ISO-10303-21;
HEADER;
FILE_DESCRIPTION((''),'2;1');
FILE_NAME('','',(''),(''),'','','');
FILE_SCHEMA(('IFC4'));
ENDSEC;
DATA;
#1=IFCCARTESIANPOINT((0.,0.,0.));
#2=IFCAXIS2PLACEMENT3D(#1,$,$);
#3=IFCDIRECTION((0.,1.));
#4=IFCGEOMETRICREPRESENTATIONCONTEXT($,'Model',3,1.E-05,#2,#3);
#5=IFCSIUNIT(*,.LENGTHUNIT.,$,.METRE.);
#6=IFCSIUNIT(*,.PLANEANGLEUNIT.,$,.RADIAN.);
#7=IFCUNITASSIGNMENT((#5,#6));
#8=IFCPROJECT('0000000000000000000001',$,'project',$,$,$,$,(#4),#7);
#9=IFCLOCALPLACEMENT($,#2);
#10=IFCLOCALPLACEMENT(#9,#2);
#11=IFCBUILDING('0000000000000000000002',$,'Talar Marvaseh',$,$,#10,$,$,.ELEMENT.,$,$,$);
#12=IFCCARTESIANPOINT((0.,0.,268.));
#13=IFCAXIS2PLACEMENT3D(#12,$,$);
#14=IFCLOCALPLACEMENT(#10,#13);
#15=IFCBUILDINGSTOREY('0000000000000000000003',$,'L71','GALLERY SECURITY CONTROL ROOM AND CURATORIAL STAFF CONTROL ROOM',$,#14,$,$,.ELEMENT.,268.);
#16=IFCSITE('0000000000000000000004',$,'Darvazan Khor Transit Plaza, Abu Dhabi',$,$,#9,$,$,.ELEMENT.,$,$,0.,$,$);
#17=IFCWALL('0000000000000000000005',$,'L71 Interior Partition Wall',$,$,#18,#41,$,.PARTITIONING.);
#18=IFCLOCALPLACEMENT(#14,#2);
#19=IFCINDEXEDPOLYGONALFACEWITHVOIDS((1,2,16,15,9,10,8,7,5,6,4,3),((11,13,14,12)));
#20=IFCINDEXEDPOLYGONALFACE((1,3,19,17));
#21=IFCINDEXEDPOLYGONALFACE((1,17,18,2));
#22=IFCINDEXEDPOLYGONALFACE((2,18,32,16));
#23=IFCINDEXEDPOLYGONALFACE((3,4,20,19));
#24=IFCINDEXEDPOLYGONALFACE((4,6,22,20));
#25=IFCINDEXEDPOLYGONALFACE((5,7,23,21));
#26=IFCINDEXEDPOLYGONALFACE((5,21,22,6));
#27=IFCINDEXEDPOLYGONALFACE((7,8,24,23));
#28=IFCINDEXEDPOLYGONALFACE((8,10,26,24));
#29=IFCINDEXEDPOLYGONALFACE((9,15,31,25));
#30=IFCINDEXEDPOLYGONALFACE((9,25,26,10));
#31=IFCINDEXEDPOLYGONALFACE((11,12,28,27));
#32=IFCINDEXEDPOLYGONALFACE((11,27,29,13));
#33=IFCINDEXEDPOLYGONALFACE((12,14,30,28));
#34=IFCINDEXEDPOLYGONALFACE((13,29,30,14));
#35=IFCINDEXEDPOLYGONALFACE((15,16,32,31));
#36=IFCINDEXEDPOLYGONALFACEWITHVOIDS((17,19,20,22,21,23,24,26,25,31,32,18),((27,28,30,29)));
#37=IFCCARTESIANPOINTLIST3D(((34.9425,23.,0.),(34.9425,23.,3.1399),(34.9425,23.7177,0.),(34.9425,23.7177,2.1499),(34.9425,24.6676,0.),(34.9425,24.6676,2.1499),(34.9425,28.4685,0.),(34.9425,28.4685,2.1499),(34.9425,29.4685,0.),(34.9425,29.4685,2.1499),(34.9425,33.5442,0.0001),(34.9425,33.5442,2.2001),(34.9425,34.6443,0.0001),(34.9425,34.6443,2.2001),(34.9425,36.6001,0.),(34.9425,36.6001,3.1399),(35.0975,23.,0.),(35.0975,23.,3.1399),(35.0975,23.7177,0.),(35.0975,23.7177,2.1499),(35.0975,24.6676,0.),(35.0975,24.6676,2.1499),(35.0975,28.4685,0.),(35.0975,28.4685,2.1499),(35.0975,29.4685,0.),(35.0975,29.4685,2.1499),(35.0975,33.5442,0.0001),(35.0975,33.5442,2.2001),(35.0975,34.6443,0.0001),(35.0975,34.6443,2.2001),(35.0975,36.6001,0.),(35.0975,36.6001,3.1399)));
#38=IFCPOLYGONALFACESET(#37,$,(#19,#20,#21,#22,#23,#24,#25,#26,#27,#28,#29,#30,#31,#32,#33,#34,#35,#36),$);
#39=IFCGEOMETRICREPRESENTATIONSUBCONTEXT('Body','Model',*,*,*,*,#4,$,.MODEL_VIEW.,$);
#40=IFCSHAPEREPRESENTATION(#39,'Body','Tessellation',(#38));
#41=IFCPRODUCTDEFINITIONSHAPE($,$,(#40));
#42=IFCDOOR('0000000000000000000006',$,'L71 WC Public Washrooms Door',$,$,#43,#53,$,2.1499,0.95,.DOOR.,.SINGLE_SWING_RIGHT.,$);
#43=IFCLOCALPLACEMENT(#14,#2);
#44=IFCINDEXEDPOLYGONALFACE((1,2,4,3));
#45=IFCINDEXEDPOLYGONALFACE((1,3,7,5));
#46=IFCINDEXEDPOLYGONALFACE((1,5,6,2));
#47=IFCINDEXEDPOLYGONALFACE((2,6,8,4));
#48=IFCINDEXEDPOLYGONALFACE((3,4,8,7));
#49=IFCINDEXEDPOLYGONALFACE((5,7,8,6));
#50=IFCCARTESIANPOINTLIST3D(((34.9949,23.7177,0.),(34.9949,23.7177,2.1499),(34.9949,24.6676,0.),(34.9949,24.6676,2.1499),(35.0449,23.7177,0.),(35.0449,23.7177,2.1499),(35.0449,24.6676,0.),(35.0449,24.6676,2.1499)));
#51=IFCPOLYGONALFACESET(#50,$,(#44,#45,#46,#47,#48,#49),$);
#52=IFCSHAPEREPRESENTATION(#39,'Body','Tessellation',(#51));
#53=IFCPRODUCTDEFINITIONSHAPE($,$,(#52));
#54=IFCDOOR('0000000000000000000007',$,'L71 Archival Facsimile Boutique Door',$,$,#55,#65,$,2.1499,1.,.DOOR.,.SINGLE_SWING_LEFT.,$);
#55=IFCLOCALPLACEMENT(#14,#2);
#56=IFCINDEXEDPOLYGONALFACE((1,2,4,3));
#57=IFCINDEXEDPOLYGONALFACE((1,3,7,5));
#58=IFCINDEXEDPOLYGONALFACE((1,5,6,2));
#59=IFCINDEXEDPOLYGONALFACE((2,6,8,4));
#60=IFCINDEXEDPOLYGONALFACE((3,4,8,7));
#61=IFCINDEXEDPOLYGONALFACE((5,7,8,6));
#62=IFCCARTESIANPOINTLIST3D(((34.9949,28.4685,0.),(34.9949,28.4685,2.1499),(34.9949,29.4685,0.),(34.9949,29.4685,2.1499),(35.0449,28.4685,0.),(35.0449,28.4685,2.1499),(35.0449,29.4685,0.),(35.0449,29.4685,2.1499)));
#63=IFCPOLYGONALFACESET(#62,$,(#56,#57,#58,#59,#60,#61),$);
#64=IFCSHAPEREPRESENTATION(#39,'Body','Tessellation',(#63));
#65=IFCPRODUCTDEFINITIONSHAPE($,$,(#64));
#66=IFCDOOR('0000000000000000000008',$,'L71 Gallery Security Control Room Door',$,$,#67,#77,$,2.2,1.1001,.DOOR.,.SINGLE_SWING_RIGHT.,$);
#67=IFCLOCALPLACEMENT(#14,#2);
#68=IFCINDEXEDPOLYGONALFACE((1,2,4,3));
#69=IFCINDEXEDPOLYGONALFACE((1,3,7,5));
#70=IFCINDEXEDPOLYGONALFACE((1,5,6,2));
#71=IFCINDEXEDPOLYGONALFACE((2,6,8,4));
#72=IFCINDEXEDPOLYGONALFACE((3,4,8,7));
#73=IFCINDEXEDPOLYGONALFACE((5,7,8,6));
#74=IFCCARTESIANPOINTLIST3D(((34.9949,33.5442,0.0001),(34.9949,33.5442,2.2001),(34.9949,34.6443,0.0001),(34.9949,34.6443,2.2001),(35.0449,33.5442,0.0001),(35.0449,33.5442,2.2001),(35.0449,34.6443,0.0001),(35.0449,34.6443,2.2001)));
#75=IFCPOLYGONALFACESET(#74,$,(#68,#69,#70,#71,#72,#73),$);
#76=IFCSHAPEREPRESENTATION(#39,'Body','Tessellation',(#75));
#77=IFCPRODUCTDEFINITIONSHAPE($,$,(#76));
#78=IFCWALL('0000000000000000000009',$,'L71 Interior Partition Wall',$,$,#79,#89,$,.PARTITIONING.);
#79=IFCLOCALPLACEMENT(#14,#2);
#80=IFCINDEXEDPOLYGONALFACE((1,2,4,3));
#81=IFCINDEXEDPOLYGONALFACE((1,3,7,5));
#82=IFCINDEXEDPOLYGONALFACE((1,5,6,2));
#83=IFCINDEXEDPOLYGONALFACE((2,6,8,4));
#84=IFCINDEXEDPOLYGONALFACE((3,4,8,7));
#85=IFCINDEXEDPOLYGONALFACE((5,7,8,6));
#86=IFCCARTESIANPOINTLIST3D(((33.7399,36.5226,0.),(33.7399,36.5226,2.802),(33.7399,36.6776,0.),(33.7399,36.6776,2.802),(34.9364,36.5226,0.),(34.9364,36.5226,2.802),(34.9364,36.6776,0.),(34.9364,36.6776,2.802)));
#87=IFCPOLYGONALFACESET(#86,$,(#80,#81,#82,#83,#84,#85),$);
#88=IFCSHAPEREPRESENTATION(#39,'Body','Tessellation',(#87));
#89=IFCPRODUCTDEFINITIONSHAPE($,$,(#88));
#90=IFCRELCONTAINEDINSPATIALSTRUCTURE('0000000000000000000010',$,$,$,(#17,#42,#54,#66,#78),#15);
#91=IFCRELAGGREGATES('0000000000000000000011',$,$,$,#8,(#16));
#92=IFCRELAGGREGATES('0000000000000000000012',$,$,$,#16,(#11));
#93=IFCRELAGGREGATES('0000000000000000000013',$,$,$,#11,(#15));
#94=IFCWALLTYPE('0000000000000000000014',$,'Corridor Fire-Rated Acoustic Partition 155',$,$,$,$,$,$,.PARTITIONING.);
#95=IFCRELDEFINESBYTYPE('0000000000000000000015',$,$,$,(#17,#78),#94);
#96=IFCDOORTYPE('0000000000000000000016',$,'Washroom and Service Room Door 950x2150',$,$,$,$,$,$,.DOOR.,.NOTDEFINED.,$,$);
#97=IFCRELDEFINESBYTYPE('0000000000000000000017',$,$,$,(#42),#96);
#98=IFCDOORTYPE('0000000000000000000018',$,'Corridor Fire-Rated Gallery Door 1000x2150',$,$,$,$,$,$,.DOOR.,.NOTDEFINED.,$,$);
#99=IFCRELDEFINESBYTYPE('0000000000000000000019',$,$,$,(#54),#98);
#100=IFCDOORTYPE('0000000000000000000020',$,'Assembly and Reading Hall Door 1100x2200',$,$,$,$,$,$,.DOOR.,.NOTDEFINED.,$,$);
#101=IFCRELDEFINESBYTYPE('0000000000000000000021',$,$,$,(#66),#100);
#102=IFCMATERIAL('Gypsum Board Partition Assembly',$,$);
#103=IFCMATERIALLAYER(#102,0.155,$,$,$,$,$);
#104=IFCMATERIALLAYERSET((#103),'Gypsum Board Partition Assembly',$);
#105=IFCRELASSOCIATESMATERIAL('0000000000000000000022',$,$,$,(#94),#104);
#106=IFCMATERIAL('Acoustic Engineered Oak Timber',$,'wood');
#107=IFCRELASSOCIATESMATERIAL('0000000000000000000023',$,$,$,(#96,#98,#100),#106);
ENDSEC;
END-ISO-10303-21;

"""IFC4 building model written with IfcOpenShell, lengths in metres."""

from ifc_helpers import new_model, si_unit, direction, frame, frame_2d, origin, place, context, subcontext, project, spatial, rectangle, extrude, source, transform, mapped, material, layer, layer_set, type_object, type_shapes, element, fill, save


model = new_model("IFC4")

# Units and contexts
model_context = context("Model", 3, precision=1e-05, world=origin(), true_north=direction((0.0, 1.0)))
body_context = subcontext(model_context, "Body", "Model", "MODEL_VIEW")
ifc_project = project(units=[si_unit("LENGTHUNIT", "METRE"), si_unit("PLANEANGLEUNIT", "RADIAN")], contexts=[model_context])

# Site, building, storey
site_placement = place(None, origin())
site = spatial("IfcSite", under=ifc_project, at=site_placement, Name="Darvazan Khor Transit Plaza, Abu Dhabi", CompositionType="ELEMENT", RefElevation=0.0)
building_placement = place(site_placement, origin())
building = spatial("IfcBuilding", under=site, at=building_placement, Name="Talar Marvaseh", CompositionType="ELEMENT")
storey_placement = place(building_placement, frame((0.0, 0.0, 268.0)))
storey = spatial("IfcBuildingStorey", under=building, at=storey_placement, Name="L71", Description="GALLERY SECURITY CONTROL ROOM AND CURATORIAL STAFF CONTROL ROOM", CompositionType="ELEMENT", Elevation=268.0)

# Wall, openings, doors
ifc_material_1 = material(Name="Gypsum Board Partition Assembly")
ifc_layer_1 = layer(ifc_material_1, 0.155)
ifc_layer_set_1 = layer_set([ifc_layer_1], Name="Gypsum Board Partition Assembly")
wall_type_1 = type_object("IfcWallType", Name="Corridor Fire-Rated Acoustic Partition 155", PredefinedType="PARTITIONING", material=ifc_layer_set_1)
wall_1_placement = place(storey_placement, frame((35.02, 36.6001, 0.0), z_axis=(0.0, 0.0, 1.0), x_axis=(0.0, -1.0, 0.0)))
wall_1 = element("IfcWall", 1, at=wall_1_placement, inside=storey, type_object=wall_type_1, Name="L71 Interior Partition Wall", PredefinedType="PARTITIONING", context=body_context, shape_type="SweptSolid", body=[
    extrude(rectangle(XDim=13.6001, YDim=0.155, at=frame_2d((6.8, 0.0))), origin(), (0.0, 0.0, 1.0), 3.1399),
])
opening_1_placement = place(wall_1_placement, frame((11.9324, 0.0, 0.0)))
opening_1 = element("IfcOpeningElement", 2, at=opening_1_placement, cuts=wall_1, PredefinedType="OPENING", context=body_context, shape_type="SweptSolid", body=[
    extrude(rectangle(XDim=0.95, YDim=2.1499, at=frame_2d((0.4751, 1.075))), frame((0.0, 0.0874, 0.0), z_axis=(0.0, -1.0, 0.0), x_axis=(1.0, 0.0, 0.0)), (0.0, 0.0, 1.0), 0.175),
])
opening_2_placement = place(wall_1_placement, frame((7.1316, 0.0, 0.0)))
opening_2 = element("IfcOpeningElement", 3, at=opening_2_placement, cuts=wall_1, PredefinedType="OPENING", context=body_context, shape_type="SweptSolid", body=[
    extrude(rectangle(XDim=1.0, YDim=2.1499, at=frame_2d((0.5, 1.075))), frame((0.0, 0.0874, 0.0), z_axis=(0.0, -1.0, 0.0), x_axis=(1.0, 0.0, 0.0)), (0.0, 0.0, 1.0), 0.175),
])
opening_3_placement = place(wall_1_placement, frame((1.9558, 0.0, 0.0)))
opening_3 = element("IfcOpeningElement", 4, at=opening_3_placement, cuts=wall_1, PredefinedType="OPENING", context=body_context, shape_type="SweptSolid", body=[
    extrude(rectangle(XDim=1.1001, YDim=2.2, at=frame_2d((0.55, 1.1001))), frame((0.0, 0.0874, 0.0), z_axis=(0.0, -1.0, 0.0), x_axis=(1.0, 0.0, 0.0)), (0.0, 0.0, 1.0), 0.175),
])
ifc_material_2 = material(Name="Acoustic Engineered Oak Timber", Category="wood")
door_type_1 = type_object("IfcDoorType", Name="Washroom and Service Room Door 950x2150", OperationType="NOTDEFINED", PredefinedType="DOOR", material=ifc_material_2)
shared_shape_1 = source(origin(), body_context, "Body", "SweptSolid", [
    extrude(rectangle(XDim=0.95, YDim=2.1499, at=frame_2d((0.4751, 1.075))), frame((0.0, 0.0249, 0.0), z_axis=(0.0, -1.0, 0.0), x_axis=(1.0, 0.0, 0.0)), (0.0, 0.0, 1.0), 0.05),
])
type_shapes(door_type_1, [shared_shape_1])
door_1_placement = place(opening_1_placement, origin())
door_1 = element("IfcDoor", 5, at=door_1_placement, inside=storey, type_object=door_type_1, Name="L71 WC Public Washrooms Door", OperationType="SINGLE_SWING_RIGHT", OverallHeight=2.1499, OverallWidth=0.95, PredefinedType="DOOR", context=body_context, shape_type="MappedRepresentation", body=[
    mapped(shared_shape_1, transform((0.0, 0.0, 0.0), x_axis=(1.0, 0.0, 0.0), y_axis=(0.0, 1.0, 0.0), z_axis=(0.0, 0.0, 1.0), scale=1.0)),
])
fill(opening_1, door_1)
door_type_2 = type_object("IfcDoorType", Name="Corridor Fire-Rated Gallery Door 1000x2150", OperationType="NOTDEFINED", PredefinedType="DOOR", material=ifc_material_2)
shared_shape_2 = source(origin(), body_context, "Body", "SweptSolid", [
    extrude(rectangle(XDim=1.0, YDim=2.1499, at=frame_2d((0.5, 1.075))), frame((0.0, 0.0249, 0.0), z_axis=(0.0, -1.0, 0.0), x_axis=(1.0, 0.0, 0.0)), (0.0, 0.0, 1.0), 0.05),
])
type_shapes(door_type_2, [shared_shape_2])
door_2_placement = place(opening_2_placement, origin())
door_2 = element("IfcDoor", 6, at=door_2_placement, inside=storey, type_object=door_type_2, Name="L71 Archival Facsimile Boutique Door", OperationType="SINGLE_SWING_LEFT", OverallHeight=2.1499, OverallWidth=1.0, PredefinedType="DOOR", context=body_context, shape_type="MappedRepresentation", body=[
    mapped(shared_shape_2, transform((0.0, 0.0, 0.0), x_axis=(1.0, 0.0, 0.0), y_axis=(0.0, 1.0, 0.0), z_axis=(0.0, 0.0, 1.0), scale=1.0)),
])
fill(opening_2, door_2)
door_type_3 = type_object("IfcDoorType", Name="Assembly and Reading Hall Door 1100x2200", OperationType="NOTDEFINED", PredefinedType="DOOR", material=ifc_material_2)
shared_shape_3 = source(origin(), body_context, "Body", "SweptSolid", [
    extrude(rectangle(XDim=1.1001, YDim=2.2, at=frame_2d((0.55, 1.1001))), frame((0.0, 0.0249, 0.0), z_axis=(0.0, -1.0, 0.0), x_axis=(1.0, 0.0, 0.0)), (0.0, 0.0, 1.0), 0.05),
])
type_shapes(door_type_3, [shared_shape_3])
door_3_placement = place(opening_3_placement, origin())
door_3 = element("IfcDoor", 7, at=door_3_placement, inside=storey, type_object=door_type_3, Name="L71 Gallery Security Control Room Door", OperationType="SINGLE_SWING_RIGHT", OverallHeight=2.2, OverallWidth=1.1001, PredefinedType="DOOR", context=body_context, shape_type="MappedRepresentation", body=[
    mapped(shared_shape_3, transform((0.0, 0.0, 0.0), x_axis=(1.0, 0.0, 0.0), y_axis=(0.0, 1.0, 0.0), z_axis=(0.0, 0.0, 1.0), scale=1.0)),
])
fill(opening_3, door_3)

# Wall
wall_2_placement = place(storey_placement, frame((33.74, 36.6001, 0.0), z_axis=(0.0, 0.0, 1.0), x_axis=(1.0, 0.0, 0.0)))
element("IfcWall", 8, at=wall_2_placement, inside=storey, type_object=wall_type_1, Name="L71 Interior Partition Wall", PredefinedType="PARTITIONING", context=body_context, shape_type="SweptSolid", body=[
    extrude(rectangle(XDim=1.1965, YDim=0.155, at=frame_2d((0.5981, 0.0))), origin(), (0.0, 0.0, 1.0), 2.802),
])

save(model, "model.ifc")
